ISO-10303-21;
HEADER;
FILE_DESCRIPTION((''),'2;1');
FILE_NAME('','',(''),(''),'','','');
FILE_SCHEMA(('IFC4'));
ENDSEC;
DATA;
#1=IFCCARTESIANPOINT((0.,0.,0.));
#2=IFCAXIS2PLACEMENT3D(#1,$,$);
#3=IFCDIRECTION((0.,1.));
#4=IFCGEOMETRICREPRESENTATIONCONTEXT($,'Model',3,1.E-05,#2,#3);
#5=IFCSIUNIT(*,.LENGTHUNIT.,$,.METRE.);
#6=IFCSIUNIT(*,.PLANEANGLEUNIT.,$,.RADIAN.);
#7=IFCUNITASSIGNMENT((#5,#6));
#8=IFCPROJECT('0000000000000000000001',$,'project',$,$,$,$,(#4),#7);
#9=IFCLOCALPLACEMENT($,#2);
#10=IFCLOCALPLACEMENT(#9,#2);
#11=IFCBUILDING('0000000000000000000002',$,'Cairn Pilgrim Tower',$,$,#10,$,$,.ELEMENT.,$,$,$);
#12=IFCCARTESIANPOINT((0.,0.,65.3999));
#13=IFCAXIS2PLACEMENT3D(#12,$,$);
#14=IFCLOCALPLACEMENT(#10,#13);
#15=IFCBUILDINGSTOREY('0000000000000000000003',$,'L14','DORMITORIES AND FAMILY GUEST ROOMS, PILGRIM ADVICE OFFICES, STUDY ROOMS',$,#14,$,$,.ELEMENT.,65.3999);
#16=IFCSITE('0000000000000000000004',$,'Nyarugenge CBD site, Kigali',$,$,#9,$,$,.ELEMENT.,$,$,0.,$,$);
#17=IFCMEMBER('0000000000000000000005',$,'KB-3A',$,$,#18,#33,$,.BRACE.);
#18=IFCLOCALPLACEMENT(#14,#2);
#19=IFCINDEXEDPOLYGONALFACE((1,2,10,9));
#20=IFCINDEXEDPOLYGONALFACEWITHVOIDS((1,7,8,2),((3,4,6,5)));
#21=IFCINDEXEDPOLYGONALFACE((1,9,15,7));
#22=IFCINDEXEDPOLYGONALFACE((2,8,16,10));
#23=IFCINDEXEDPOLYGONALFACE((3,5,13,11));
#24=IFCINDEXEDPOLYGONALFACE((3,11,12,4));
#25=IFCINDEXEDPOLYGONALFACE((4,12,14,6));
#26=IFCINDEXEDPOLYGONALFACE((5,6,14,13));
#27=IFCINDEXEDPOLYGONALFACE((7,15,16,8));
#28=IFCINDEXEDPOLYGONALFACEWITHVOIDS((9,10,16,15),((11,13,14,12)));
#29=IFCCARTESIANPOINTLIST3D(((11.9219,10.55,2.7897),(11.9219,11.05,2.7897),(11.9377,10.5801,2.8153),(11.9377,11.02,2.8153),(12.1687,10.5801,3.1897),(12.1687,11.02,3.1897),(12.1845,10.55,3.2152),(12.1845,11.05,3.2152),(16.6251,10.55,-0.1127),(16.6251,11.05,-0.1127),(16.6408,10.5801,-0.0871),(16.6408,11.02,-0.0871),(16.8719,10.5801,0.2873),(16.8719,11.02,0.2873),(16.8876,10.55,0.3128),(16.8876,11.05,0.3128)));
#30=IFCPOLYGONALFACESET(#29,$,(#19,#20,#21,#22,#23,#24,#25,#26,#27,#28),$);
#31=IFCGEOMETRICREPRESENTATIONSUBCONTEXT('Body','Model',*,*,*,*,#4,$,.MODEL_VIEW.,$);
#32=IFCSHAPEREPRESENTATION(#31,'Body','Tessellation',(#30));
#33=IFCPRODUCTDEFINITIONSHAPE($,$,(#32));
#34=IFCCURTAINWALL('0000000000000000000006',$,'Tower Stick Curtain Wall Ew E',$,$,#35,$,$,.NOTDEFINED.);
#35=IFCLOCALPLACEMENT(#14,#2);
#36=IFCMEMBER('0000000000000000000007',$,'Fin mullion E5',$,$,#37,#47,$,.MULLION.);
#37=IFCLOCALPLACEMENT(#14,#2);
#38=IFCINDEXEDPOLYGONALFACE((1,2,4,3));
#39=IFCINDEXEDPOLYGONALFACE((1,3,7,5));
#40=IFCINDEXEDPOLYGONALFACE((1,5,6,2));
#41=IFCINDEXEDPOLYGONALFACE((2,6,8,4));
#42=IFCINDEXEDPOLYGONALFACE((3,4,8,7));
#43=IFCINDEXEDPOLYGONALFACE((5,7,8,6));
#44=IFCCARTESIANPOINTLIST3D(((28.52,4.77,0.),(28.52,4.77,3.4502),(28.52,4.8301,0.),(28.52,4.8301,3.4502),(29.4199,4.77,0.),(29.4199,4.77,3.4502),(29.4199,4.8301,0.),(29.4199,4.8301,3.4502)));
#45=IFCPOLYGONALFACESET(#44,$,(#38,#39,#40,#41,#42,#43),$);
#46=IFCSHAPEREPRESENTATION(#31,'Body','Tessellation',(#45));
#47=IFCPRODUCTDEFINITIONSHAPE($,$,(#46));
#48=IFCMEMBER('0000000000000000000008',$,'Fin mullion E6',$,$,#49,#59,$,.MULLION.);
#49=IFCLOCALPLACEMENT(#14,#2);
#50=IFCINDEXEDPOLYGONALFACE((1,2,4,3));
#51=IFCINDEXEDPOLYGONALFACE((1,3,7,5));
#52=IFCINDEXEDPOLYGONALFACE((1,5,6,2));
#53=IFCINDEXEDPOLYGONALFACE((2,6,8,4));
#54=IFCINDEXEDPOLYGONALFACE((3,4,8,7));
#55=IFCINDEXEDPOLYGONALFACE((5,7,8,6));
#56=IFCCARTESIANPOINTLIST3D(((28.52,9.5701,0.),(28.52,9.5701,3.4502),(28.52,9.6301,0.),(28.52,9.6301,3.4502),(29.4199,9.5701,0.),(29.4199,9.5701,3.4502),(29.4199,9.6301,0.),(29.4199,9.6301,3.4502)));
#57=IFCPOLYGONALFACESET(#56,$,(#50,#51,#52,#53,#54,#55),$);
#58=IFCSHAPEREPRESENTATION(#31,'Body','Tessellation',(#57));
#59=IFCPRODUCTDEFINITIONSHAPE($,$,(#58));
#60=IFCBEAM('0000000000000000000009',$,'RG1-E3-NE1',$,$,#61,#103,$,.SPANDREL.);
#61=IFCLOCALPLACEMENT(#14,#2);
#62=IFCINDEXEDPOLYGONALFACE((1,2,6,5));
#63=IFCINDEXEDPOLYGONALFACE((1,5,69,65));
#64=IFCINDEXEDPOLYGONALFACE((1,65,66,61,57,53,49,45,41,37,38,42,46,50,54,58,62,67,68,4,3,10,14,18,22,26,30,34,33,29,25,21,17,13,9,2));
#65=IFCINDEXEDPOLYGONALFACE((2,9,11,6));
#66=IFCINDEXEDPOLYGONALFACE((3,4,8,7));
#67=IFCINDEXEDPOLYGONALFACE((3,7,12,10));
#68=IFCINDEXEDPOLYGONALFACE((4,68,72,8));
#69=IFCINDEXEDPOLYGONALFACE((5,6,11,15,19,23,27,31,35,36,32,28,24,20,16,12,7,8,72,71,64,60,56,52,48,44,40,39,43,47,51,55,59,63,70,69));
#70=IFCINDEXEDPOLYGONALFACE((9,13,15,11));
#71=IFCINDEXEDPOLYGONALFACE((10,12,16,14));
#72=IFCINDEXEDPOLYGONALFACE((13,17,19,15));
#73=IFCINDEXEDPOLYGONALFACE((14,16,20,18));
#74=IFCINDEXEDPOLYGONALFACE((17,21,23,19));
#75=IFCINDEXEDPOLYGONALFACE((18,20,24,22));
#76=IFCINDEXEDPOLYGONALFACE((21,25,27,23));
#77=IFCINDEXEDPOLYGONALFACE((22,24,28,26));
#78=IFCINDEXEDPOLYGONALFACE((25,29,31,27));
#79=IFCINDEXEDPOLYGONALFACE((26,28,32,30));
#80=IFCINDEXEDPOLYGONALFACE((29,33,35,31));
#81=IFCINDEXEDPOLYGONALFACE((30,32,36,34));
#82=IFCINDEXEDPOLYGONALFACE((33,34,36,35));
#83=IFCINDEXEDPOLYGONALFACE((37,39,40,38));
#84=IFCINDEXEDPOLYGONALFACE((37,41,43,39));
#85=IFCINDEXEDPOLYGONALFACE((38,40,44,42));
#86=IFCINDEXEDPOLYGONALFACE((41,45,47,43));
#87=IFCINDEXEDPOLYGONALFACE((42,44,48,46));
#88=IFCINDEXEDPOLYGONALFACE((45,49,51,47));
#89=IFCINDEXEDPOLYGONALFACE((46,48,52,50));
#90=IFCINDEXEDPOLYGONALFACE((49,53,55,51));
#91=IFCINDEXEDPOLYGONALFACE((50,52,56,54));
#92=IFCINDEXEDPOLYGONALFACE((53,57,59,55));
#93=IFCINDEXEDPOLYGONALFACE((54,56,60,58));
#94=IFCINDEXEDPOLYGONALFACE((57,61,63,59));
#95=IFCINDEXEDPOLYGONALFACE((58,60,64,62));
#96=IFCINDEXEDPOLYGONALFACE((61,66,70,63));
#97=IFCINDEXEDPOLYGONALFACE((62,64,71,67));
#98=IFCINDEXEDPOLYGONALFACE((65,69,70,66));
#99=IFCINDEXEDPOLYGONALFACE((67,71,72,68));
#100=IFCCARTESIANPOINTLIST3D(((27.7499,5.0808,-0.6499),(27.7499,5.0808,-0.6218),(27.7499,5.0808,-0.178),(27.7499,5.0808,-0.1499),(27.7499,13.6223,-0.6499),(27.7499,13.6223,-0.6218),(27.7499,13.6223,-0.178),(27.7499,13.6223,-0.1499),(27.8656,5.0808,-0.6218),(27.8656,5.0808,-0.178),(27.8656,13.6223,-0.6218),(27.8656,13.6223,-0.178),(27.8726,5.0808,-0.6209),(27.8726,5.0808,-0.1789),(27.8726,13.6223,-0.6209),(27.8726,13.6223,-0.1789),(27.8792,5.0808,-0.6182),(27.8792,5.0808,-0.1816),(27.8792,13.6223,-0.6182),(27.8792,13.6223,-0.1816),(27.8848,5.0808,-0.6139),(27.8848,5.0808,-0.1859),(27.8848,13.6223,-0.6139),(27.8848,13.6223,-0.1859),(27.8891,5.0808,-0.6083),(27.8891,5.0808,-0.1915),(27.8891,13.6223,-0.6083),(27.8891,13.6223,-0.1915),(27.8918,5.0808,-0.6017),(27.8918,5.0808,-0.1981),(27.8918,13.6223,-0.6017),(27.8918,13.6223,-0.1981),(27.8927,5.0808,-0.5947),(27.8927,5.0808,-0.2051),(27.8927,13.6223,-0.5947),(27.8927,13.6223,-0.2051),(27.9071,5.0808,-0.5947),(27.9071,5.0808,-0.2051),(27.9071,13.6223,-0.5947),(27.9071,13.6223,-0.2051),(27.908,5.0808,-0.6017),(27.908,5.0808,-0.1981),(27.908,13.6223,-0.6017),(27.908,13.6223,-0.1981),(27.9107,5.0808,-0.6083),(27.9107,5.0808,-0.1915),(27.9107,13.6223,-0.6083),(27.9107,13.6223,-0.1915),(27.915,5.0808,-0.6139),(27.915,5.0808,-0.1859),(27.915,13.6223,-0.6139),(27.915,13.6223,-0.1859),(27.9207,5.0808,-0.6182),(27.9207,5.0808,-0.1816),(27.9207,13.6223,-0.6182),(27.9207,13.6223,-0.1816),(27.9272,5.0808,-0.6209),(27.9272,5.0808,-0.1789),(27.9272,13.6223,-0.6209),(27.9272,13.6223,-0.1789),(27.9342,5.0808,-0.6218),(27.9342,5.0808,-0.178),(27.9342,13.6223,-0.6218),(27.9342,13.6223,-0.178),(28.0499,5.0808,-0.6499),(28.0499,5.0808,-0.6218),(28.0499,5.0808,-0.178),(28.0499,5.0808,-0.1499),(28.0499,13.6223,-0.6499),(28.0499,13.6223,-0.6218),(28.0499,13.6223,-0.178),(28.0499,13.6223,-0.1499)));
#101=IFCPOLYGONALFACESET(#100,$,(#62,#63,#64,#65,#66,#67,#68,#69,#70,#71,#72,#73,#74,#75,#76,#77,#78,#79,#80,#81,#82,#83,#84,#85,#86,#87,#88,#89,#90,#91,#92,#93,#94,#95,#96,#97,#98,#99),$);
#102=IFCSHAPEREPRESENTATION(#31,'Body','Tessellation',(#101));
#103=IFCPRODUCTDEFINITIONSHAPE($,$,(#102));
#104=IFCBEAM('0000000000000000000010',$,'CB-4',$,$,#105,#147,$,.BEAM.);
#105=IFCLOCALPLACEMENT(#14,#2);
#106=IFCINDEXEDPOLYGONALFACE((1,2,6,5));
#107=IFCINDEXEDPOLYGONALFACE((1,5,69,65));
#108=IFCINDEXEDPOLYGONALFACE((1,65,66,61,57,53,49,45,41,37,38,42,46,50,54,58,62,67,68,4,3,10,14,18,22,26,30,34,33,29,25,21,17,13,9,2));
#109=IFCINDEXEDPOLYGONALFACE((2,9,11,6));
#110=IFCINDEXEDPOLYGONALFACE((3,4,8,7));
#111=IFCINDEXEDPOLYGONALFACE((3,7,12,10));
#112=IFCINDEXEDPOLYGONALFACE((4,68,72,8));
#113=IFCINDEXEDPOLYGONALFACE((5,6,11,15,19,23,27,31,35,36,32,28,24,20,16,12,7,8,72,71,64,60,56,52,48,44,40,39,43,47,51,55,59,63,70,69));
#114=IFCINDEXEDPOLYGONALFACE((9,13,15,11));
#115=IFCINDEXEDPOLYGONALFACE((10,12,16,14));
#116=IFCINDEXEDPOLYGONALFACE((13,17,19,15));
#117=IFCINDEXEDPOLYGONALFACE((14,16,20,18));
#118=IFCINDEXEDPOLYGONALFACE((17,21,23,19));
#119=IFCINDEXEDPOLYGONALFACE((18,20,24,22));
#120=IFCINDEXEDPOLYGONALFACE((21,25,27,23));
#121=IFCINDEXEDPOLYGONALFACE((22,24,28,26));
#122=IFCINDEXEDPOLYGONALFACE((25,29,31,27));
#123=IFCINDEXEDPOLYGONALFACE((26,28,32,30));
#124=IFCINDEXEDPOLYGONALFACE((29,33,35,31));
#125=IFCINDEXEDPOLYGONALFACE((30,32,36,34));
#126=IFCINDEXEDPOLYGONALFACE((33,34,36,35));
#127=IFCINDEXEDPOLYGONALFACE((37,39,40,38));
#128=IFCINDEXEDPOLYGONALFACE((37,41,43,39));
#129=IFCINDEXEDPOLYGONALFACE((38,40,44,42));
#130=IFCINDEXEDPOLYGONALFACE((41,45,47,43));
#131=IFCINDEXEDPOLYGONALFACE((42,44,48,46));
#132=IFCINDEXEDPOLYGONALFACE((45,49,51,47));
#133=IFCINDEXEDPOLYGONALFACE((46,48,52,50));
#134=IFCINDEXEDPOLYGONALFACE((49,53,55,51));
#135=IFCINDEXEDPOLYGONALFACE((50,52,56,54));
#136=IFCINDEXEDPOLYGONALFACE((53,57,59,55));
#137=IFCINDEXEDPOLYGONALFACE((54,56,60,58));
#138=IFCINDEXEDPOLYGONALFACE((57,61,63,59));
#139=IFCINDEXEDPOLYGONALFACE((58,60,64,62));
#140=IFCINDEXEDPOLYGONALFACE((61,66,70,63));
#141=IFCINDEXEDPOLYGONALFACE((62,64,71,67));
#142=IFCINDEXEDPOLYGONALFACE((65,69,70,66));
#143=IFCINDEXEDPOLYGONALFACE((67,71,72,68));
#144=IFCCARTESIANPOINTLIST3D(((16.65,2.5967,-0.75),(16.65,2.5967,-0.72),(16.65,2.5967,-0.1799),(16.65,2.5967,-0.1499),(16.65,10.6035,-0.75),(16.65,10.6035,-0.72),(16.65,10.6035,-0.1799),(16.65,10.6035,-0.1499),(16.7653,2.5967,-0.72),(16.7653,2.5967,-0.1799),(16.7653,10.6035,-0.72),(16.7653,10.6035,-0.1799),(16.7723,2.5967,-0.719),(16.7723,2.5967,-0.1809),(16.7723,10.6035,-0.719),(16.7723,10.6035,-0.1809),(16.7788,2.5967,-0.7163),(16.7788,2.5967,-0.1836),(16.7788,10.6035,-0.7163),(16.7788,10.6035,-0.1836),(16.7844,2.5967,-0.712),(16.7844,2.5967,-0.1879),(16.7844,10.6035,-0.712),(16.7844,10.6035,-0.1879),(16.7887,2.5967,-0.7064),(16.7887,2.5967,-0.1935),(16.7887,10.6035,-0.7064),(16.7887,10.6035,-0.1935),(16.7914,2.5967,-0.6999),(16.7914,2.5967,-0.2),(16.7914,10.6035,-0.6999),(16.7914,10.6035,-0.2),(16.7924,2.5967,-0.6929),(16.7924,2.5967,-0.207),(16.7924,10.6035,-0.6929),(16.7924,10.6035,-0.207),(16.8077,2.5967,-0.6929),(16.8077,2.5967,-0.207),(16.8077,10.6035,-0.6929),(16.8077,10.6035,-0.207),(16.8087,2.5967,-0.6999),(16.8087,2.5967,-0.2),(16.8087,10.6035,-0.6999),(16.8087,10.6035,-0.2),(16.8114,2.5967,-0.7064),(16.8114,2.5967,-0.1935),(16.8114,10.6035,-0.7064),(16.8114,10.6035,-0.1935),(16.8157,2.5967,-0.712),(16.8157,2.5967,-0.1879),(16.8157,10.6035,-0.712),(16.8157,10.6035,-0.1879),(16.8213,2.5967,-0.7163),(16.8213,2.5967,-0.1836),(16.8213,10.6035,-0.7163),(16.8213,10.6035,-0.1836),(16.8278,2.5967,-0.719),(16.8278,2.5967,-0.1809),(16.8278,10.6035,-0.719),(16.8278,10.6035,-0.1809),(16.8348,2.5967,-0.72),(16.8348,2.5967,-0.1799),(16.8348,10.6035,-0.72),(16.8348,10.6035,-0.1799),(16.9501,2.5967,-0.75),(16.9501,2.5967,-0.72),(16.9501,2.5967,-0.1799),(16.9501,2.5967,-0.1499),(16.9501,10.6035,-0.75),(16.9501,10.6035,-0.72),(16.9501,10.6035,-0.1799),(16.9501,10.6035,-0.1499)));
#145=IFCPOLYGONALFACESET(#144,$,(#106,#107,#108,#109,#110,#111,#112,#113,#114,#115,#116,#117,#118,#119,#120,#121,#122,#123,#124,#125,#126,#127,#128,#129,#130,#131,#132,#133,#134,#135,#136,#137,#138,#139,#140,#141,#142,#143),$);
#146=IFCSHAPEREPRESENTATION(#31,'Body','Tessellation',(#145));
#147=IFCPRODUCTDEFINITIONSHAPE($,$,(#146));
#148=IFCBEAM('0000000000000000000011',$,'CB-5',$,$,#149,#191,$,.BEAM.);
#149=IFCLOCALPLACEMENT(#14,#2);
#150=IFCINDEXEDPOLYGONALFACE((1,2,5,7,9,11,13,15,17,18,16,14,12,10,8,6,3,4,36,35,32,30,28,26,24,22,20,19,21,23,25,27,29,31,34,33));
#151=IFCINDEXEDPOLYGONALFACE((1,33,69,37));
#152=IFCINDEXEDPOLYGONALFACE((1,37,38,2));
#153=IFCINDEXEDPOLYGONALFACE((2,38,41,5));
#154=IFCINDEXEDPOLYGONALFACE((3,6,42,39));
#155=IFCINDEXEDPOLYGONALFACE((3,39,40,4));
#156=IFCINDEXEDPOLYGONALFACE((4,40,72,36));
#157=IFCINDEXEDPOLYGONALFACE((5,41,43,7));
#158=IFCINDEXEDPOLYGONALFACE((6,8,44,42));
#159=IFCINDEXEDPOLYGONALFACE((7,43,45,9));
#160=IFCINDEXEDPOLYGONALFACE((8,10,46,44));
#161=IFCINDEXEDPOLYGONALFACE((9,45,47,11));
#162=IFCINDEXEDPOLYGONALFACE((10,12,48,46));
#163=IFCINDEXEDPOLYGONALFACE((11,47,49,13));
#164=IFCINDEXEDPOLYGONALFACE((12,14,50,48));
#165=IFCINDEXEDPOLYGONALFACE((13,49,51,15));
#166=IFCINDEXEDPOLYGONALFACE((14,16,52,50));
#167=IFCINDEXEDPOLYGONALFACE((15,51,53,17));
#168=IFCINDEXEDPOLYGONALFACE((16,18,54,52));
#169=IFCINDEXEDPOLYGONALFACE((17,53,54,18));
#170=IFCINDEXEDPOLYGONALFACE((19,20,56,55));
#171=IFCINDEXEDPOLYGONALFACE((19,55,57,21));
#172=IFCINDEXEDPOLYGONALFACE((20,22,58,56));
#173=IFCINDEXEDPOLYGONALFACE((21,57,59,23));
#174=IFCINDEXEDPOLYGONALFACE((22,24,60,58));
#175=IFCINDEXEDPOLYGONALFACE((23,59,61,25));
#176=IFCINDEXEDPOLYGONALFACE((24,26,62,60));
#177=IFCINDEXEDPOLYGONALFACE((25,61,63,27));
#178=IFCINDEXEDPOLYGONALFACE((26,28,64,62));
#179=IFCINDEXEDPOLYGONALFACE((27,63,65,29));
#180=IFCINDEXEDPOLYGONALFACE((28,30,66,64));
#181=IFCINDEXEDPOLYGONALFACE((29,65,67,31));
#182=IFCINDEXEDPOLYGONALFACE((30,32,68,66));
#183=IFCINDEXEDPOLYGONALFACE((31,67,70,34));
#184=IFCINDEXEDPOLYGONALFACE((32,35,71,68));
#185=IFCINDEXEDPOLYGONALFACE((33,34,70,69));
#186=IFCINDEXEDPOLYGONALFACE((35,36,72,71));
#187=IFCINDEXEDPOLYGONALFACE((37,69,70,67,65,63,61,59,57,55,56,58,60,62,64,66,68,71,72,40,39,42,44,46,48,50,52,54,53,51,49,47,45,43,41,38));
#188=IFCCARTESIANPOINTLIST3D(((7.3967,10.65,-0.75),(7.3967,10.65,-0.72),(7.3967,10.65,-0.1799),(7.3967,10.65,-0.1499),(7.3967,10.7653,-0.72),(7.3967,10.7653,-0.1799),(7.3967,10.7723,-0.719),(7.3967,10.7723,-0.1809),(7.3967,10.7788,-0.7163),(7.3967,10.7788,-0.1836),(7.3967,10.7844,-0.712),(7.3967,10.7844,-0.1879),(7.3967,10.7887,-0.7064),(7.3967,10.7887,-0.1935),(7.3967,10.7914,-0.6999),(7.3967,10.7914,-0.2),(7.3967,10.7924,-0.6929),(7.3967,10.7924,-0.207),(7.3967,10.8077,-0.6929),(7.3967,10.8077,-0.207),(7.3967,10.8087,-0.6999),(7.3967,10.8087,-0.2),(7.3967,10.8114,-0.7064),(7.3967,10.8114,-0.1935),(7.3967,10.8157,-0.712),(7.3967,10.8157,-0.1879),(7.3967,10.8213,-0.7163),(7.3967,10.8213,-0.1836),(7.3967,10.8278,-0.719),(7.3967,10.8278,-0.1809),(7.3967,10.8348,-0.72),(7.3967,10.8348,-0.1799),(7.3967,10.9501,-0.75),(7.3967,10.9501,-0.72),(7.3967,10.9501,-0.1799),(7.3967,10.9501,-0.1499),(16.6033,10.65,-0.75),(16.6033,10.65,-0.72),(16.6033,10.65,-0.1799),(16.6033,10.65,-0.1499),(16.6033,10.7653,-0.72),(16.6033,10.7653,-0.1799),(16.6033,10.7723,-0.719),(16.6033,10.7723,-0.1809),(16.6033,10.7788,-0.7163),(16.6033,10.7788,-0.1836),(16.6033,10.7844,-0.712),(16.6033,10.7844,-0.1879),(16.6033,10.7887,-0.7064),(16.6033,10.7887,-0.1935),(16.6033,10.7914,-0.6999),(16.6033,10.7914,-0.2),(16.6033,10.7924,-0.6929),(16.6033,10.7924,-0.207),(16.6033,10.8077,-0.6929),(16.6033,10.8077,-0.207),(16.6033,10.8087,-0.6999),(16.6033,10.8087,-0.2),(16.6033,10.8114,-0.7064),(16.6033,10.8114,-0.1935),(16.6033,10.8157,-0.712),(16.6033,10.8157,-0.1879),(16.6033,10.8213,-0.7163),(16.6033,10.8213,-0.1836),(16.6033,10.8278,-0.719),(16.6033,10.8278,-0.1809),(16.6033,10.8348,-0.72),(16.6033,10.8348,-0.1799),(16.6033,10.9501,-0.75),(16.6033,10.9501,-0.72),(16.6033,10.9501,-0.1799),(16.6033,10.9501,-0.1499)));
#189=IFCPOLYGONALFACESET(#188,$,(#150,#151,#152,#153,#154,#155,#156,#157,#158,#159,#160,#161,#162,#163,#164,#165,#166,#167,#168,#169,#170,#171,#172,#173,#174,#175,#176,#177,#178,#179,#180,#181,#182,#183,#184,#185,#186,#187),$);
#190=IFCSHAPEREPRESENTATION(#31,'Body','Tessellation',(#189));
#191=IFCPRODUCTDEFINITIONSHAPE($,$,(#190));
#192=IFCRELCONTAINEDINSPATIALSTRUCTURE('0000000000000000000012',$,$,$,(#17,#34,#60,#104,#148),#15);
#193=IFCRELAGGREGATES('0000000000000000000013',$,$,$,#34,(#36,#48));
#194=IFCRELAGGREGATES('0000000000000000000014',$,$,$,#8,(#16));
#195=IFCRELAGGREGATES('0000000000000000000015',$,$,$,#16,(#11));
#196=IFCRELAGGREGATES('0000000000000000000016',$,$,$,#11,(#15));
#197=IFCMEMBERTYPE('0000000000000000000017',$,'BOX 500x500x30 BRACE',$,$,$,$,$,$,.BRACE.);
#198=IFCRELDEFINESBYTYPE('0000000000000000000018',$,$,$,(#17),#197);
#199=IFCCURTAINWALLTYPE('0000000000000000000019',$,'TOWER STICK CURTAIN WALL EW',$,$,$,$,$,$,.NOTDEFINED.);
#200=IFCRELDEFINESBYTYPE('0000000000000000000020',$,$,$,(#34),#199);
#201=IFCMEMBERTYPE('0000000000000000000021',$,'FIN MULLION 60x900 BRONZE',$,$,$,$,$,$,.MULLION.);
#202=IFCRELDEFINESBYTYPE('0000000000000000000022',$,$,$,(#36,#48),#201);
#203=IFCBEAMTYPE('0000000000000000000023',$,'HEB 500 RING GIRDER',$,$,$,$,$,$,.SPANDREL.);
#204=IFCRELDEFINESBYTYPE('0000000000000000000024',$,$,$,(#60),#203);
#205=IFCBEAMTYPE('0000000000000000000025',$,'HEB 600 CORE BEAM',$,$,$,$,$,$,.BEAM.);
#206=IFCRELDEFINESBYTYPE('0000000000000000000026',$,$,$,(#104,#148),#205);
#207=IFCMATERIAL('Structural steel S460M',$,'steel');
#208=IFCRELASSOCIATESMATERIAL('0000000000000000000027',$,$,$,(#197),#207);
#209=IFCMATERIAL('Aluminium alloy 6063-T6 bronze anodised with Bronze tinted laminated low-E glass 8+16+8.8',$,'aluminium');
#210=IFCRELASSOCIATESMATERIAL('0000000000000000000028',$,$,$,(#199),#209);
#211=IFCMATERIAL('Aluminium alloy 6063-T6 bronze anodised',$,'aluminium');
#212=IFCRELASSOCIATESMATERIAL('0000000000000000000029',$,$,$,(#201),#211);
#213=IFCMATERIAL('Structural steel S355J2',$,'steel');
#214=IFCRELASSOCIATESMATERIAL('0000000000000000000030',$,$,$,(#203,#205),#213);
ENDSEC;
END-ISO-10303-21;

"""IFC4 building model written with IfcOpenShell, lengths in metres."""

from ifc_helpers import new_model, si_unit, direction, frame, origin, origin_2d, place, context, subcontext, project, spatial, rectangle, hollow_rectangle, i_section, extrude, material, material_profile, profile_set, type_object, element, aggregate, save


model = new_model("IFC4")

# Units and contexts
model_context = context("Model", 3, precision=1e-05, world=origin(), true_north=direction((0.0, 1.0)))
body_context = subcontext(model_context, "Body", "Model", "MODEL_VIEW")
ifc_project = project(units=[si_unit("LENGTHUNIT", "METRE"), si_unit("PLANEANGLEUNIT", "RADIAN")], contexts=[model_context])

# Site, building, storey
site_placement = place(None, origin())
site = spatial("IfcSite", under=ifc_project, at=site_placement, Name="Nyarugenge CBD site, Kigali", CompositionType="ELEMENT", RefElevation=0.0)
building_placement = place(site_placement, origin())
building = spatial("IfcBuilding", under=site, at=building_placement, Name="Cairn Pilgrim Tower", CompositionType="ELEMENT")
storey_placement = place(building_placement, frame((0.0, 0.0, 65.3999)))
storey = spatial("IfcBuildingStorey", under=building, at=storey_placement, Name="L14", Description="DORMITORIES AND FAMILY GUEST ROOMS, PILGRIM ADVICE OFFICES, STUDY ROOMS", CompositionType="ELEMENT", Elevation=65.3999)

# Shared definitions
ifc_material_1 = material(Name="Structural steel S460M", Category="steel")

# Member
ifc_material_profile_1 = material_profile(ifc_material_1, hollow_rectangle(XDim=0.5, YDim=0.5, WallThickness=0.03, at=origin_2d()), Name="BOX 500x500x30")
ifc_profile_set_1 = profile_set([ifc_material_profile_1], Name="Structural steel S460M")
member_type_1 = type_object("IfcMemberType", Name="BOX 500x500x30 BRACE", PredefinedType="BRACE", material=ifc_profile_set_1)
member_1_placement = place(storey_placement, frame((16.7563, 10.8, 0.1001), z_axis=(-0.851002, 0.0, 0.525162), x_axis=(0.0, -1.0, 0.0)))
element("IfcMember", 1, at=member_1_placement, inside=storey, type_object=member_type_1, Name="KB-3A", PredefinedType="BRACE", context=body_context, shape_type="SweptSolid", body=[
    extrude(hollow_rectangle(XDim=0.5, YDim=0.5, WallThickness=0.03, at=origin_2d()), origin(), (0.0, 0.0, 1.0), 5.5266),
])

# Curtain wall, members
ifc_material_2 = material(Name="Aluminium alloy 6063-T6 bronze anodised with Bronze tinted laminated low-E glass 8+16+8.8", Category="aluminium")
curtain_wall_type = type_object("IfcCurtainWallType", Name="TOWER STICK CURTAIN WALL EW", PredefinedType="NOTDEFINED", material=ifc_material_2)
curtain_wall_placement = place(storey_placement, origin())
curtain_wall = element("IfcCurtainWall", 2, at=curtain_wall_placement, inside=storey, type_object=curtain_wall_type, Name="Tower Stick Curtain Wall Ew E", PredefinedType="NOTDEFINED")
ifc_material_3 = material(Name="Aluminium alloy 6063-T6 bronze anodised", Category="aluminium")
ifc_material_profile_2 = material_profile(ifc_material_3, rectangle(XDim=0.8999, YDim=0.0601, at=origin_2d()), Name="FIN MULLION 60x900 BRONZE")
ifc_profile_set_2 = profile_set([ifc_material_profile_2], Name="Aluminium alloy 6063-T6 bronze anodised")
member_type_2 = type_object("IfcMemberType", Name="FIN MULLION 60x900 BRONZE", PredefinedType="MULLION", material=ifc_profile_set_2)
member_2_placement = place(storey_placement, frame((28.97, 4.8, 0.0), z_axis=(0.0, 0.0, 1.0), x_axis=(1.0, 0.0, 0.0)))
member_2 = element("IfcMember", 3, at=member_2_placement, type_object=member_type_2, Name="Fin mullion E5", PredefinedType="MULLION", context=body_context, shape_type="SweptSolid", body=[
    extrude(rectangle(XDim=0.8999, YDim=0.0601, at=origin_2d()), origin(), (0.0, 0.0, 1.0), 3.4502),
])
member_3_placement = place(storey_placement, frame((28.97, 9.6001, 0.0), z_axis=(0.0, 0.0, 1.0), x_axis=(1.0, 0.0, 0.0)))
member_3 = element("IfcMember", 4, at=member_3_placement, type_object=member_type_2, Name="Fin mullion E6", PredefinedType="MULLION", context=body_context, shape_type="SweptSolid", body=[
    extrude(rectangle(XDim=0.8999, YDim=0.0601, at=origin_2d()), origin(), (0.0, 0.0, 1.0), 3.4502),
])

# Beams
ifc_material_4 = material(Name="Structural steel S355J2", Category="steel")
ifc_material_profile_3 = material_profile(ifc_material_4, i_section(OverallWidth=0.3, OverallDepth=0.5, WebThickness=0.0144, FlangeThickness=0.0281, FilletRadius=0.0271, at=origin_2d()), Name="HEB 500")
ifc_profile_set_3 = profile_set([ifc_material_profile_3], Name="Structural steel S355J2")
beam_type_1 = type_object("IfcBeamType", Name="HEB 500 RING GIRDER", PredefinedType="SPANDREL", material=ifc_profile_set_3)
beam_1_placement = place(storey_placement, frame((27.8999, 5.0808, -0.3999), z_axis=(0.0, 1.0, 0.0), x_axis=(-1.0, 0.0, 0.0)))
element("IfcBeam", 5, at=beam_1_placement, inside=storey, type_object=beam_type_1, Name="RG1-E3-NE1", PredefinedType="SPANDREL", context=body_context, shape_type="SweptSolid", body=[
    extrude(i_section(OverallWidth=0.3, OverallDepth=0.5, WebThickness=0.0144, FlangeThickness=0.0281, FilletRadius=0.0271, at=origin_2d()), origin(), (0.0, 0.0, 1.0), 8.5415),
])
ifc_material_profile_4 = material_profile(ifc_material_4, i_section(OverallWidth=0.3, OverallDepth=0.6001, WebThickness=0.0154, FlangeThickness=0.03, FilletRadius=0.0271, at=origin_2d()), Name="HEB 600")
ifc_profile_set_4 = profile_set([ifc_material_profile_4], Name="Structural steel S355J2")
beam_type_2 = type_object("IfcBeamType", Name="HEB 600 CORE BEAM", PredefinedType="BEAM", material=ifc_profile_set_4)
beam_2_placement = place(storey_placement, frame((16.8, 2.5967, -0.45), z_axis=(0.0, 1.0, 0.0), x_axis=(-1.0, 0.0, 0.0)))
element("IfcBeam", 6, at=beam_2_placement, inside=storey, type_object=beam_type_2, Name="CB-4", PredefinedType="BEAM", context=body_context, shape_type="SweptSolid", body=[
    extrude(i_section(OverallWidth=0.3, OverallDepth=0.6001, WebThickness=0.0154, FlangeThickness=0.03, FilletRadius=0.0271, at=origin_2d()), origin(), (0.0, 0.0, 1.0), 8.0068),
])
beam_3_placement = place(storey_placement, frame((16.6033, 10.8, -0.45), z_axis=(-1.0, 0.0, 0.0), x_axis=(0.0, -1.0, 0.0)))
element("IfcBeam", 7, at=beam_3_placement, inside=storey, type_object=beam_type_2, Name="CB-5", PredefinedType="BEAM", context=body_context, shape_type="SweptSolid", body=[
    extrude(i_section(OverallWidth=0.3, OverallDepth=0.6001, WebThickness=0.0154, FlangeThickness=0.03, FilletRadius=0.0271, at=origin_2d()), origin(), (0.0, 0.0, 1.0), 9.2065),
])

aggregate(curtain_wall, [member_2, member_3])

save(model, "model.ifc")
